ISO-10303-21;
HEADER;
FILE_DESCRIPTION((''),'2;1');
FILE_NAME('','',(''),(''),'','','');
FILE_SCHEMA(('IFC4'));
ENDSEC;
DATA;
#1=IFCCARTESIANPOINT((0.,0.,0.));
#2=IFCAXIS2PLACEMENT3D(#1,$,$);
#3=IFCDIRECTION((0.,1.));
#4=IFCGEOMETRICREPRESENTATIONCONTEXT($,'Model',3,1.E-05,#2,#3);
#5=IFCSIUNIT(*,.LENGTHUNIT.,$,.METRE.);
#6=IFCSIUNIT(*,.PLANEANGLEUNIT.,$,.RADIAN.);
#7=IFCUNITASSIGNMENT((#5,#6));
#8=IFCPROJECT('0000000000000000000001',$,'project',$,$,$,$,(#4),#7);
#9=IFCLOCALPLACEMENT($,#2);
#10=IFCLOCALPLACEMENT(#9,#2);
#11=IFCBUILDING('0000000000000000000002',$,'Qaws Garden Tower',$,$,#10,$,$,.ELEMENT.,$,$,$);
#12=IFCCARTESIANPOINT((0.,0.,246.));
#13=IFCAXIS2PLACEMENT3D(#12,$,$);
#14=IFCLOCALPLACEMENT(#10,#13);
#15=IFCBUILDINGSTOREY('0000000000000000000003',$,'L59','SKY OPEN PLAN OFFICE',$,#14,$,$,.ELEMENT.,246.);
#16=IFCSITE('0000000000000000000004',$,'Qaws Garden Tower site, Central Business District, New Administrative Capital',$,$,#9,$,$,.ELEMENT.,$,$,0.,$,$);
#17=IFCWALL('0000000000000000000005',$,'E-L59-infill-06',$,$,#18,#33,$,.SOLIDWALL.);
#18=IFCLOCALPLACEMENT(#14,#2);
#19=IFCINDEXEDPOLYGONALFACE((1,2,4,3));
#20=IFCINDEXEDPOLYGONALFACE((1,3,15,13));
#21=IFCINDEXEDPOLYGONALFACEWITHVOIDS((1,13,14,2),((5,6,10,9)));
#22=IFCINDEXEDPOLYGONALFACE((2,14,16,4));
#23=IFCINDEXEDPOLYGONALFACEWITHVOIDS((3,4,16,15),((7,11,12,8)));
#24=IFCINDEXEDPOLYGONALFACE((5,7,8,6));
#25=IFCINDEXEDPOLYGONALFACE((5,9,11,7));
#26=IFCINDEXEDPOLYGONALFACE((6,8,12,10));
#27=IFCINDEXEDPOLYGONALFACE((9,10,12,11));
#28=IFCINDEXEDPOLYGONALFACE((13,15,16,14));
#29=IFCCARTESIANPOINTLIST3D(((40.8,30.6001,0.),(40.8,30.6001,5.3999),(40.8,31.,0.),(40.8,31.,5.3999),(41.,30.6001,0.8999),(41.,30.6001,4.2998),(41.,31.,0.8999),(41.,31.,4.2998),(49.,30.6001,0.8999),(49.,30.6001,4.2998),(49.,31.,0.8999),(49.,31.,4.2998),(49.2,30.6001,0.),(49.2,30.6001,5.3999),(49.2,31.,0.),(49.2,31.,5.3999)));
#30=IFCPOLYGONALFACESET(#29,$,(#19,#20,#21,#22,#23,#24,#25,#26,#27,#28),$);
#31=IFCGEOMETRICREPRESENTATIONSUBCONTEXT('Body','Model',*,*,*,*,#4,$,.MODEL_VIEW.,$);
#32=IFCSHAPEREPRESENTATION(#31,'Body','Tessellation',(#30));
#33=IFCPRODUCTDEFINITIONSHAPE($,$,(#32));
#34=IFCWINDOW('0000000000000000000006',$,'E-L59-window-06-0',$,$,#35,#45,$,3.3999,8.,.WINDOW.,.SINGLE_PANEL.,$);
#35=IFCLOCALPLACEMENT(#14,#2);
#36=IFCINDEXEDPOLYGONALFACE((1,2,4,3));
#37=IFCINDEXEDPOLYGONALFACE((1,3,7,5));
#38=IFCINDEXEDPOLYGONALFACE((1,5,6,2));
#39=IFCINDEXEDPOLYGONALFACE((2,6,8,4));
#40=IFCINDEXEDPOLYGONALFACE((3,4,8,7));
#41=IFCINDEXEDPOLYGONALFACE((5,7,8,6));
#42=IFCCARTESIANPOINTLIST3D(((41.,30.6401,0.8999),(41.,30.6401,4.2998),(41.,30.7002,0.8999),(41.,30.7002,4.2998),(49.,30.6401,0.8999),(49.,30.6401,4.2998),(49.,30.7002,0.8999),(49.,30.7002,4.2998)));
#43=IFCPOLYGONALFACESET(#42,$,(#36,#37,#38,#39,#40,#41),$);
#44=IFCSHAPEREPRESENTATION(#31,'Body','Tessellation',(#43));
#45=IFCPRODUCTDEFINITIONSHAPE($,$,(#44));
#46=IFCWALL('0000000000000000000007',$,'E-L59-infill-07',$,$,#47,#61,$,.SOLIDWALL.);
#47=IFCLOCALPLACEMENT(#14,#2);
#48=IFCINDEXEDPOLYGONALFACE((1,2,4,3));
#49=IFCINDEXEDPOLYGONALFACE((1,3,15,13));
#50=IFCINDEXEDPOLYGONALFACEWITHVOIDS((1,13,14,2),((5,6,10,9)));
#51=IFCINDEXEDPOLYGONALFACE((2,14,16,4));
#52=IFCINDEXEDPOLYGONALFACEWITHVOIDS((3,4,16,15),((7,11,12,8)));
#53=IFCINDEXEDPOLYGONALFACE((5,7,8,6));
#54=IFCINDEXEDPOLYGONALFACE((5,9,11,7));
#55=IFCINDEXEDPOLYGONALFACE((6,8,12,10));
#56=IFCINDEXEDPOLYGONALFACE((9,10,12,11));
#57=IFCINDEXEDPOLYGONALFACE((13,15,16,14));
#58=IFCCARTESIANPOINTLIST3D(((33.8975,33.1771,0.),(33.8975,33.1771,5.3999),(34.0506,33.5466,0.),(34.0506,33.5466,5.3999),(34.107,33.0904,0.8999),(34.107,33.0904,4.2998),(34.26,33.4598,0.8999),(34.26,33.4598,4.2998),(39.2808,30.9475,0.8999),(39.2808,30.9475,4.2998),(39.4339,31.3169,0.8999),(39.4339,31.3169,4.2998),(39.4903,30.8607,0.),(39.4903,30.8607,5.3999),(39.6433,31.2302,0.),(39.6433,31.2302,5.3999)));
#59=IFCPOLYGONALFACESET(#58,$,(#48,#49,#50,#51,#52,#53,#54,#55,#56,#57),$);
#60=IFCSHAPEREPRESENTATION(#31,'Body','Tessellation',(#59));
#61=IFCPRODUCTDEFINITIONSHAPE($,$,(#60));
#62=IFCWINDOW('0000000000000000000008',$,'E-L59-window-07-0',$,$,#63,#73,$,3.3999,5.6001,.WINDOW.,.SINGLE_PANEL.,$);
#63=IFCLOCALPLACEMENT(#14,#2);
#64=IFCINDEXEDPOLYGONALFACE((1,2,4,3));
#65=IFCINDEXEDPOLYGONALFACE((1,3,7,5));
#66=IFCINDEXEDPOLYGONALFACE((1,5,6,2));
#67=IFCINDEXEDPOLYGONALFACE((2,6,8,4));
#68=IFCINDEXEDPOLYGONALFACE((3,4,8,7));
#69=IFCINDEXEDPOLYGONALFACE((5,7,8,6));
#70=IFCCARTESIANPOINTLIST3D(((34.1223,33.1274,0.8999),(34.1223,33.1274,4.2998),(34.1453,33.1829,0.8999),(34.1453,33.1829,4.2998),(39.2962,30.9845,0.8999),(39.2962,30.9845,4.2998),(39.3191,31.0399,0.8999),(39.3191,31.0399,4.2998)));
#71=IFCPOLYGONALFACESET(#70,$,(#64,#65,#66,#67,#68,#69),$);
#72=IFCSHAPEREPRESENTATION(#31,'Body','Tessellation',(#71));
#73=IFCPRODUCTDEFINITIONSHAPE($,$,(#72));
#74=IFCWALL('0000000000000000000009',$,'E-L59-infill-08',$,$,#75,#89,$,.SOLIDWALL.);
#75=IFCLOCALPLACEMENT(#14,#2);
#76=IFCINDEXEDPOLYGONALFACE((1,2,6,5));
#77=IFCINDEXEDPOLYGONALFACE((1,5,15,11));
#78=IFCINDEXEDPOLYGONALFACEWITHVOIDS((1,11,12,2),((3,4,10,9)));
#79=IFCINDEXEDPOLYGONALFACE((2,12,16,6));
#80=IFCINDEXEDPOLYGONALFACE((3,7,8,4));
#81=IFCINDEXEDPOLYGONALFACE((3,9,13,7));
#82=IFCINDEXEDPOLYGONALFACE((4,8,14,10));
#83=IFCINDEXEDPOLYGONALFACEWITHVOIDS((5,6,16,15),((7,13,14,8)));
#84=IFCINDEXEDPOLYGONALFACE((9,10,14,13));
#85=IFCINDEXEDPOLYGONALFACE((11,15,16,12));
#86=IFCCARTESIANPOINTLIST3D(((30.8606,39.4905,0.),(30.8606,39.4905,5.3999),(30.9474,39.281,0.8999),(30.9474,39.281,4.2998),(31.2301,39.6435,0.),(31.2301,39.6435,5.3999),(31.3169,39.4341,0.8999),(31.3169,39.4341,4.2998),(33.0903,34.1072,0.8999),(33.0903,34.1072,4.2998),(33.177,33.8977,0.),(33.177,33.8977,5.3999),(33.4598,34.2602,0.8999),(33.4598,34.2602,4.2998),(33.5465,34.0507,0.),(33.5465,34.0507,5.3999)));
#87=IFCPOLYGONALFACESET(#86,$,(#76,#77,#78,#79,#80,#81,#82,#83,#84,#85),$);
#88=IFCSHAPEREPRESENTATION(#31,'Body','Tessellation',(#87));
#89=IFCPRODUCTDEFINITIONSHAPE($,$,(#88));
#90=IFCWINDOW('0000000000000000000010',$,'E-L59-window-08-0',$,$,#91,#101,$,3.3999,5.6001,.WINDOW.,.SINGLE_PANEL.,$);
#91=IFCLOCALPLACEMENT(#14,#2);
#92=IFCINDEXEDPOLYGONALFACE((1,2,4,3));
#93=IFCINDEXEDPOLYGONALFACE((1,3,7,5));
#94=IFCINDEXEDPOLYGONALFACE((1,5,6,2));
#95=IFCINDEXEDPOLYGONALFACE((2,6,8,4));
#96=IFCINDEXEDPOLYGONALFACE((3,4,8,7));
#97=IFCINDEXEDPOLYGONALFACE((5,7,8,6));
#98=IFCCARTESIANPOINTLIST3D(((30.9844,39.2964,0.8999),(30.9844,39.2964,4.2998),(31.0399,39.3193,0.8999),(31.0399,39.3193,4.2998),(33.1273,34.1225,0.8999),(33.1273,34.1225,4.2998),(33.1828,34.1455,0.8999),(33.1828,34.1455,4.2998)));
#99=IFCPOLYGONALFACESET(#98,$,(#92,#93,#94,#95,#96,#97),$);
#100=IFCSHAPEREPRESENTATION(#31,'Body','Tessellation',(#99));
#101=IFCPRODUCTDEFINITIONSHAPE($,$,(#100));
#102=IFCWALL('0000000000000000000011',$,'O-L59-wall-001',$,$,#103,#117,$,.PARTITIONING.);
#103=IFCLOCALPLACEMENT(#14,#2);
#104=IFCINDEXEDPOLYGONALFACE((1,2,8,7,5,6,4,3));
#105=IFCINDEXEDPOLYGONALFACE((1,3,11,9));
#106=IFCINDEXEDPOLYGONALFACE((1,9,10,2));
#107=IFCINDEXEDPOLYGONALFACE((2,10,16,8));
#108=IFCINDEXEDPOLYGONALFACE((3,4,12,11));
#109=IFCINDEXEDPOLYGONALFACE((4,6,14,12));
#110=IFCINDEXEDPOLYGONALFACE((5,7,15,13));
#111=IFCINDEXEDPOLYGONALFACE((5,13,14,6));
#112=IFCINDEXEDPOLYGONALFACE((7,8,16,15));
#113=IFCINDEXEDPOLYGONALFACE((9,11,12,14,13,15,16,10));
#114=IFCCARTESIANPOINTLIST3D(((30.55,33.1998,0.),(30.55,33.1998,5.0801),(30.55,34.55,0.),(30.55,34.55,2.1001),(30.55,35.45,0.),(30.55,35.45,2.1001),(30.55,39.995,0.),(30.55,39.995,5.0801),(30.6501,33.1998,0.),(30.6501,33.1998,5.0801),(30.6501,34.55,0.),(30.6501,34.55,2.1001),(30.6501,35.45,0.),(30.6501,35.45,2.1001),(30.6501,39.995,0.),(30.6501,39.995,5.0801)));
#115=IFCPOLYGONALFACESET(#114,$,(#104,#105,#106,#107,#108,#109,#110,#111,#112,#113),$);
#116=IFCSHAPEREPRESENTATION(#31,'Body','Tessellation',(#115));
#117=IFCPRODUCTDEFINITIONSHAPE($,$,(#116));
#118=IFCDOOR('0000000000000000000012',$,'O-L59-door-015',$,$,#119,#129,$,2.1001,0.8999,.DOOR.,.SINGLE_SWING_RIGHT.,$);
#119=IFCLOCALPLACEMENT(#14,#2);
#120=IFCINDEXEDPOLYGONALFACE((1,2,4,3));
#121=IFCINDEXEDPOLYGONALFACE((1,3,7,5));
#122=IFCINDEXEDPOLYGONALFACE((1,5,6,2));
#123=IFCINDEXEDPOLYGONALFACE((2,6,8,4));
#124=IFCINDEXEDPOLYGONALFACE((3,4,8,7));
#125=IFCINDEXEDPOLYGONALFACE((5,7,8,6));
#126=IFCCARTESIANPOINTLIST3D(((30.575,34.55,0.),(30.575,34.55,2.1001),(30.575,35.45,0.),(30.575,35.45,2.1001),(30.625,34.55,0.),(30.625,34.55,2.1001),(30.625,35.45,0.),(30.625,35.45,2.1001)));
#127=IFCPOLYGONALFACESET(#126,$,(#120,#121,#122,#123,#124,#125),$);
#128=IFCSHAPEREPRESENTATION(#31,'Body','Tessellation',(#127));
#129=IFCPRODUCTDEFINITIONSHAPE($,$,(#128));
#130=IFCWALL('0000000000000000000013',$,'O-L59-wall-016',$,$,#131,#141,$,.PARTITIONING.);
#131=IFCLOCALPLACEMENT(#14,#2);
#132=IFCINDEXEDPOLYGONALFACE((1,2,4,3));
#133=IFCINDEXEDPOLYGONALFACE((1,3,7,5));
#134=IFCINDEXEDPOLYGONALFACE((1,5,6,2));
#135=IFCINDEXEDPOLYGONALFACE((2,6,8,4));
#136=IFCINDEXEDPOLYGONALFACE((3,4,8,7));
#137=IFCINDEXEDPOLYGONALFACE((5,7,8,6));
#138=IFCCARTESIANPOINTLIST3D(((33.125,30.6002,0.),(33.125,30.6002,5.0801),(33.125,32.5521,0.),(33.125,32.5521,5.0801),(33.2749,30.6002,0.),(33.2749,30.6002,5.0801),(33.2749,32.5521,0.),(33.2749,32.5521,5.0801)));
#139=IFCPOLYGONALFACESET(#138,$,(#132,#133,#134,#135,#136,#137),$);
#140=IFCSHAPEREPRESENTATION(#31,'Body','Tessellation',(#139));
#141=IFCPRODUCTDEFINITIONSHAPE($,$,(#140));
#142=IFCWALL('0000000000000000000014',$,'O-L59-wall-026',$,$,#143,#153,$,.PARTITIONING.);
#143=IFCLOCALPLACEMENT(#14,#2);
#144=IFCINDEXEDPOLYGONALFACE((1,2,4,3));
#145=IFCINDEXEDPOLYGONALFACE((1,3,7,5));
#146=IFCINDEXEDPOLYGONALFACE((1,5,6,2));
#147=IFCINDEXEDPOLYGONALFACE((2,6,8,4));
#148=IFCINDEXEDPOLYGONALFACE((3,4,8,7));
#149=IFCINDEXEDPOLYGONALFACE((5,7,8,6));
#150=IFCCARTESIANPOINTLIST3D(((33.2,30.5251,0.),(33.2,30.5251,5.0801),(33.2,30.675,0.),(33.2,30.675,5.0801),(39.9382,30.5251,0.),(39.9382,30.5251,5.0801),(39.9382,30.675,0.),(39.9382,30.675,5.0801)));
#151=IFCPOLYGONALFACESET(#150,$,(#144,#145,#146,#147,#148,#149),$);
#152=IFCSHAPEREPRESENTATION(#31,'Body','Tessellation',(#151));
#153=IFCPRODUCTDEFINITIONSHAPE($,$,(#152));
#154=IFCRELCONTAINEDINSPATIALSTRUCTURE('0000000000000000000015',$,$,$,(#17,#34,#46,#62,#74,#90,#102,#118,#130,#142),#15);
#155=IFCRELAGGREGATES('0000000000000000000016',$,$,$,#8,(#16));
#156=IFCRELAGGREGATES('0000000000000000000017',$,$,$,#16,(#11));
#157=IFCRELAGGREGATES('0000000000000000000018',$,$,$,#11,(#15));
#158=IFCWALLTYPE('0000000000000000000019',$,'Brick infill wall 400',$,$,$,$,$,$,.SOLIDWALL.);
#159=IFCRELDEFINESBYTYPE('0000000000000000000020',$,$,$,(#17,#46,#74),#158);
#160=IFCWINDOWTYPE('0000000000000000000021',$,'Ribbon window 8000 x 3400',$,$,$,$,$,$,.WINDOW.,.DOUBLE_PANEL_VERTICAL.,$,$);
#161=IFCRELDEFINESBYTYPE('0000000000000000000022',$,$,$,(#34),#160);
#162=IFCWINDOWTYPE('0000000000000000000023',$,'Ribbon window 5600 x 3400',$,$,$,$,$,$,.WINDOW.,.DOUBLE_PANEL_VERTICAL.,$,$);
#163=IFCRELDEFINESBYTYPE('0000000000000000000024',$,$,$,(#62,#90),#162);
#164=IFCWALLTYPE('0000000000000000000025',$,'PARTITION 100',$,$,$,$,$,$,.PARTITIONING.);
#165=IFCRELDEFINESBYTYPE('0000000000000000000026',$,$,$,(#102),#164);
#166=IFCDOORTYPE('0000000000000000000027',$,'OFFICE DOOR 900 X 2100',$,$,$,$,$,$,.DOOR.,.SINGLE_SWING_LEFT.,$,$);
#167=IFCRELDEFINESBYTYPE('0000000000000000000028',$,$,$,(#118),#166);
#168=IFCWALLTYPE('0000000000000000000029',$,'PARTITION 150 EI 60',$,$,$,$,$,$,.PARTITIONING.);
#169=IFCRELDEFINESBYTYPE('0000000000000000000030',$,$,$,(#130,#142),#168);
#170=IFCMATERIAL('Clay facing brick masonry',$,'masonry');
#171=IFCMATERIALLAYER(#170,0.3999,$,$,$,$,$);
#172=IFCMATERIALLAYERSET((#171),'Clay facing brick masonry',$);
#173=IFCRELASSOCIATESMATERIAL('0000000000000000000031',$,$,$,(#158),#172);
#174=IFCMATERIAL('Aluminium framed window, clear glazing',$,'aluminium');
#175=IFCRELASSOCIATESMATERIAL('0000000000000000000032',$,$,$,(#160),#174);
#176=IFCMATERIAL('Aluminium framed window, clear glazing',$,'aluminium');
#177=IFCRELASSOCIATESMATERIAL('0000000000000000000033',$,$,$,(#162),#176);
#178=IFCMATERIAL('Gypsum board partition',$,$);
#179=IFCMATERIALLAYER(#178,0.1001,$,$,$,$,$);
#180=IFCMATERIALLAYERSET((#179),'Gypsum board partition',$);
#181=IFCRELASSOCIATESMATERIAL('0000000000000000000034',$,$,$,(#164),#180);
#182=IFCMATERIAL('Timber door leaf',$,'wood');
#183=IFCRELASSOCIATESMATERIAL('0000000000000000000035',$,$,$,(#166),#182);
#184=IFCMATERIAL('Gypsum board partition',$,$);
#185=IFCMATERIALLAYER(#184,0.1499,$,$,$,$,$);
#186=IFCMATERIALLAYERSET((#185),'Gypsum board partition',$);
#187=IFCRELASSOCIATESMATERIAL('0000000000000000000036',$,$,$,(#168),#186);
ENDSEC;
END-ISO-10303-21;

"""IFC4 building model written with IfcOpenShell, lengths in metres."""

from ifc_helpers import new_model, si_unit, direction, frame, frame_2d, origin, place, context, subcontext, project, spatial, rectangle, extrude, material, layer, layer_set, type_object, element, fill, save


model = new_model("IFC4")

# Units and contexts
model_context = context("Model", 3, precision=1e-05, world=origin(), true_north=direction((0.0, 1.0)))
body_context = subcontext(model_context, "Body", "Model", "MODEL_VIEW")
ifc_project = project(units=[si_unit("LENGTHUNIT", "METRE"), si_unit("PLANEANGLEUNIT", "RADIAN")], contexts=[model_context])

# Site, building, storey
site_placement = place(None, origin())
site = spatial("IfcSite", under=ifc_project, at=site_placement, Name="Qaws Garden Tower site, Central Business District, New Administrative Capital", CompositionType="ELEMENT", RefElevation=0.0)
building_placement = place(site_placement, origin())
building = spatial("IfcBuilding", under=site, at=building_placement, Name="Qaws Garden Tower", CompositionType="ELEMENT")
storey_placement = place(building_placement, frame((0.0, 0.0, 246.0)))
storey = spatial("IfcBuildingStorey", under=building, at=storey_placement, Name="L59", Description="SKY OPEN PLAN OFFICE", CompositionType="ELEMENT", Elevation=246.0)

# Walls, openings, windows
ifc_material_1 = material(Name="Clay facing brick masonry", Category="masonry")
ifc_layer_1 = layer(ifc_material_1, 0.3999)
ifc_layer_set_1 = layer_set([ifc_layer_1], Name="Clay facing brick masonry")
wall_type_1 = type_object("IfcWallType", Name="Brick infill wall 400", PredefinedType="SOLIDWALL", material=ifc_layer_set_1)
wall_1_placement = place(storey_placement, frame((49.2, 30.8, 0.0), z_axis=(0.0, 0.0, 1.0), x_axis=(-1.0, 0.0, 0.0)))
wall_1 = element("IfcWall", 1, at=wall_1_placement, inside=storey, type_object=wall_type_1, Name="E-L59-infill-06", PredefinedType="SOLIDWALL", context=body_context, shape_type="SweptSolid", body=[
    extrude(rectangle(XDim=8.3999, YDim=0.3999, at=frame_2d((4.2, 0.0))), origin(), (0.0, 0.0, 1.0), 5.3999),
])
opening_1_placement = place(wall_1_placement, frame((0.2, 0.0, 0.8999)))
opening_1 = element("IfcOpeningElement", 2, at=opening_1_placement, cuts=wall_1, PredefinedType="OPENING", context=body_context, shape_type="SweptSolid", body=[
    extrude(rectangle(XDim=8.0, YDim=3.3999, at=frame_2d((4.0, 1.7))), frame((0.0, 0.21, 0.0), z_axis=(0.0, -1.0, 0.0), x_axis=(1.0, 0.0, 0.0)), (0.0, 0.0, 1.0), 0.4199),
])
ifc_material_2 = material(Name="Aluminium framed window, clear glazing", Category="aluminium")
window_type_1 = type_object("IfcWindowType", Name="Ribbon window 8000 x 3400", PartitioningType="DOUBLE_PANEL_VERTICAL", PredefinedType="WINDOW", material=ifc_material_2)
window_1_placement = place(opening_1_placement, origin())
window_1 = element("IfcWindow", 3, at=window_1_placement, inside=storey, type_object=window_type_1, Name="E-L59-window-06-0", OverallHeight=3.3999, OverallWidth=8.0, PartitioningType="SINGLE_PANEL", PredefinedType="WINDOW", context=body_context, shape_type="SweptSolid", body=[
    extrude(rectangle(XDim=8.0, YDim=3.3999, at=frame_2d((4.0, 1.7))), frame((0.0, 0.1599, 0.0), z_axis=(0.0, -1.0, 0.0), x_axis=(1.0, 0.0, 0.0)), (0.0, 0.0, 1.0), 0.0601),
])
fill(opening_1, window_1)
wall_2_placement = place(storey_placement, frame((39.5669, 31.0454, 0.0), z_axis=(0.0, 0.0, 1.0), x_axis=(-0.923891, 0.382656, 0.0)))
wall_2 = element("IfcWall", 4, at=wall_2_placement, inside=storey, type_object=wall_type_1, Name="E-L59-infill-07", PredefinedType="SOLIDWALL", context=body_context, shape_type="SweptSolid", body=[
    extrude(rectangle(XDim=6.0535, YDim=0.3999, at=frame_2d((3.0269, 0.0))), origin(), (0.0, 0.0, 1.0), 5.3999),
])
opening_2_placement = place(wall_2_placement, frame((0.2268, 0.0, 0.8999)))
opening_2 = element("IfcOpeningElement", 5, at=opening_2_placement, cuts=wall_2, PredefinedType="OPENING", context=body_context, shape_type="SweptSolid", body=[
    extrude(rectangle(XDim=5.6001, YDim=3.3999, at=frame_2d((2.8, 1.7))), frame((0.0, 0.21, 0.0), z_axis=(0.0, -1.0, 0.0), x_axis=(1.0, 0.0, 0.0)), (0.0, 0.0, 1.0), 0.4199),
])
ifc_material_3 = material(Name="Aluminium framed window, clear glazing", Category="aluminium")
window_type_2 = type_object("IfcWindowType", Name="Ribbon window 5600 x 3400", PartitioningType="DOUBLE_PANEL_VERTICAL", PredefinedType="WINDOW", material=ifc_material_3)
window_2_placement = place(opening_2_placement, origin())
window_2 = element("IfcWindow", 6, at=window_2_placement, inside=storey, type_object=window_type_2, Name="E-L59-window-07-0", OverallHeight=3.3999, OverallWidth=5.6001, PartitioningType="SINGLE_PANEL", PredefinedType="WINDOW", context=body_context, shape_type="SweptSolid", body=[
    extrude(rectangle(XDim=5.6001, YDim=3.3999, at=frame_2d((2.8, 1.7))), frame((0.0, 0.1599, 0.0), z_axis=(0.0, -1.0, 0.0), x_axis=(1.0, 0.0, 0.0)), (0.0, 0.0, 1.0), 0.0601),
])
fill(opening_2, window_2)
wall_3_placement = place(storey_placement, frame((33.3618, 33.9741, 0.0), z_axis=(0.0, 0.0, 1.0), x_axis=(-0.382656, 0.923891, 0.0)))
wall_3 = element("IfcWall", 7, at=wall_3_placement, inside=storey, type_object=wall_type_1, Name="E-L59-infill-08", PredefinedType="SOLIDWALL", context=body_context, shape_type="SweptSolid", body=[
    extrude(rectangle(XDim=6.0535, YDim=0.3999, at=frame_2d((3.0269, 0.0))), origin(), (0.0, 0.0, 1.0), 5.3999),
])
opening_3_placement = place(wall_3_placement, frame((0.2268, 0.0, 0.8999)))
opening_3 = element("IfcOpeningElement", 8, at=opening_3_placement, cuts=wall_3, PredefinedType="OPENING", context=body_context, shape_type="SweptSolid", body=[
    extrude(rectangle(XDim=5.6001, YDim=3.3999, at=frame_2d((2.8, 1.7))), frame((0.0, 0.21, 0.0), z_axis=(0.0, -1.0, 0.0), x_axis=(1.0, 0.0, 0.0)), (0.0, 0.0, 1.0), 0.4199),
])
window_3_placement = place(opening_3_placement, origin())
window_3 = element("IfcWindow", 9, at=window_3_placement, inside=storey, type_object=window_type_2, Name="E-L59-window-08-0", OverallHeight=3.3999, OverallWidth=5.6001, PartitioningType="SINGLE_PANEL", PredefinedType="WINDOW", context=body_context, shape_type="SweptSolid", body=[
    extrude(rectangle(XDim=5.6001, YDim=3.3999, at=frame_2d((2.8, 1.7))), frame((0.0, 0.1599, 0.0), z_axis=(0.0, -1.0, 0.0), x_axis=(1.0, 0.0, 0.0)), (0.0, 0.0, 1.0), 0.0601),
])
fill(opening_3, window_3)

# Wall, opening, door
ifc_material_4 = material(Name="Gypsum board partition")
ifc_layer_2 = layer(ifc_material_4, 0.1001)
ifc_layer_set_2 = layer_set([ifc_layer_2], Name="Gypsum board partition")
wall_type_2 = type_object("IfcWallType", Name="PARTITION 100", PredefinedType="PARTITIONING", material=ifc_layer_set_2)
wall_4_placement = place(storey_placement, frame((30.6001, 33.2, 0.0), z_axis=(0.0, 0.0, 1.0), x_axis=(0.0, 1.0, 0.0)))
wall_4 = element("IfcWall", 10, at=wall_4_placement, inside=storey, type_object=wall_type_2, Name="O-L59-wall-001", PredefinedType="PARTITIONING", context=body_context, shape_type="SweptSolid", body=[
    extrude(rectangle(XDim=6.7952, YDim=0.1001, at=frame_2d((3.3975, 0.0))), origin(), (0.0, 0.0, 1.0), 5.0801),
])
opening_4_placement = place(wall_4_placement, frame((1.3501, 0.0, 0.0)))
opening_4 = element("IfcOpeningElement", 11, at=opening_4_placement, cuts=wall_4, PredefinedType="OPENING", context=body_context, shape_type="SweptSolid", body=[
    extrude(rectangle(XDim=0.8999, YDim=2.1001, at=frame_2d((0.45, 1.05))), frame((0.0, 0.0601, 0.0), z_axis=(0.0, -1.0, 0.0), x_axis=(1.0, 0.0, 0.0)), (0.0, 0.0, 1.0), 0.1201),
])
ifc_material_5 = material(Name="Timber door leaf", Category="wood")
door_type = type_object("IfcDoorType", Name="OFFICE DOOR 900 X 2100", OperationType="SINGLE_SWING_LEFT", PredefinedType="DOOR", material=ifc_material_5)
door_placement = place(opening_4_placement, frame((0.8999, 0.0, 0.0), z_axis=(0.0, 0.0, 1.0), x_axis=(-1.0, 0.0, 0.0)))
door = element("IfcDoor", 12, at=door_placement, inside=storey, type_object=door_type, Name="O-L59-door-015", OperationType="SINGLE_SWING_RIGHT", OverallHeight=2.1001, OverallWidth=0.8999, PredefinedType="DOOR", context=body_context, shape_type="SweptSolid", body=[
    extrude(rectangle(XDim=0.8999, YDim=2.1001, at=frame_2d((0.45, 1.05))), frame((0.0, 0.0249, 0.0), z_axis=(0.0, -1.0, 0.0), x_axis=(1.0, 0.0, 0.0)), (0.0, 0.0, 1.0), 0.05),
])
fill(opening_4, door)

# Walls
ifc_material_6 = material(Name="Gypsum board partition")
ifc_layer_3 = layer(ifc_material_6, 0.1499)
ifc_layer_set_3 = layer_set([ifc_layer_3], Name="Gypsum board partition")
wall_type_3 = type_object("IfcWallType", Name="PARTITION 150 EI 60", PredefinedType="PARTITIONING", material=ifc_layer_set_3)
wall_5_placement = place(storey_placement, frame((33.2, 30.6001, 0.0), z_axis=(0.0, 0.0, 1.0), x_axis=(0.0, 1.0, 0.0)))
element("IfcWall", 13, at=wall_5_placement, inside=storey, type_object=wall_type_3, Name="O-L59-wall-016", PredefinedType="PARTITIONING", context=body_context, shape_type="SweptSolid", body=[
    extrude(rectangle(XDim=1.9519, YDim=0.1499, at=frame_2d((0.9761, 0.0))), origin(), (0.0, 0.0, 1.0), 5.0801),
])
wall_6_placement = place(storey_placement, frame((33.2, 30.6001, 0.0), z_axis=(0.0, 0.0, 1.0), x_axis=(1.0, 0.0, 0.0)))
element("IfcWall", 14, at=wall_6_placement, inside=storey, type_object=wall_type_3, Name="O-L59-wall-026", PredefinedType="PARTITIONING", context=body_context, shape_type="SweptSolid", body=[
    extrude(rectangle(XDim=6.7383, YDim=0.1499, at=frame_2d((3.3691, 0.0))), origin(), (0.0, 0.0, 1.0), 5.0801),
])

save(model, "model.ifc")
